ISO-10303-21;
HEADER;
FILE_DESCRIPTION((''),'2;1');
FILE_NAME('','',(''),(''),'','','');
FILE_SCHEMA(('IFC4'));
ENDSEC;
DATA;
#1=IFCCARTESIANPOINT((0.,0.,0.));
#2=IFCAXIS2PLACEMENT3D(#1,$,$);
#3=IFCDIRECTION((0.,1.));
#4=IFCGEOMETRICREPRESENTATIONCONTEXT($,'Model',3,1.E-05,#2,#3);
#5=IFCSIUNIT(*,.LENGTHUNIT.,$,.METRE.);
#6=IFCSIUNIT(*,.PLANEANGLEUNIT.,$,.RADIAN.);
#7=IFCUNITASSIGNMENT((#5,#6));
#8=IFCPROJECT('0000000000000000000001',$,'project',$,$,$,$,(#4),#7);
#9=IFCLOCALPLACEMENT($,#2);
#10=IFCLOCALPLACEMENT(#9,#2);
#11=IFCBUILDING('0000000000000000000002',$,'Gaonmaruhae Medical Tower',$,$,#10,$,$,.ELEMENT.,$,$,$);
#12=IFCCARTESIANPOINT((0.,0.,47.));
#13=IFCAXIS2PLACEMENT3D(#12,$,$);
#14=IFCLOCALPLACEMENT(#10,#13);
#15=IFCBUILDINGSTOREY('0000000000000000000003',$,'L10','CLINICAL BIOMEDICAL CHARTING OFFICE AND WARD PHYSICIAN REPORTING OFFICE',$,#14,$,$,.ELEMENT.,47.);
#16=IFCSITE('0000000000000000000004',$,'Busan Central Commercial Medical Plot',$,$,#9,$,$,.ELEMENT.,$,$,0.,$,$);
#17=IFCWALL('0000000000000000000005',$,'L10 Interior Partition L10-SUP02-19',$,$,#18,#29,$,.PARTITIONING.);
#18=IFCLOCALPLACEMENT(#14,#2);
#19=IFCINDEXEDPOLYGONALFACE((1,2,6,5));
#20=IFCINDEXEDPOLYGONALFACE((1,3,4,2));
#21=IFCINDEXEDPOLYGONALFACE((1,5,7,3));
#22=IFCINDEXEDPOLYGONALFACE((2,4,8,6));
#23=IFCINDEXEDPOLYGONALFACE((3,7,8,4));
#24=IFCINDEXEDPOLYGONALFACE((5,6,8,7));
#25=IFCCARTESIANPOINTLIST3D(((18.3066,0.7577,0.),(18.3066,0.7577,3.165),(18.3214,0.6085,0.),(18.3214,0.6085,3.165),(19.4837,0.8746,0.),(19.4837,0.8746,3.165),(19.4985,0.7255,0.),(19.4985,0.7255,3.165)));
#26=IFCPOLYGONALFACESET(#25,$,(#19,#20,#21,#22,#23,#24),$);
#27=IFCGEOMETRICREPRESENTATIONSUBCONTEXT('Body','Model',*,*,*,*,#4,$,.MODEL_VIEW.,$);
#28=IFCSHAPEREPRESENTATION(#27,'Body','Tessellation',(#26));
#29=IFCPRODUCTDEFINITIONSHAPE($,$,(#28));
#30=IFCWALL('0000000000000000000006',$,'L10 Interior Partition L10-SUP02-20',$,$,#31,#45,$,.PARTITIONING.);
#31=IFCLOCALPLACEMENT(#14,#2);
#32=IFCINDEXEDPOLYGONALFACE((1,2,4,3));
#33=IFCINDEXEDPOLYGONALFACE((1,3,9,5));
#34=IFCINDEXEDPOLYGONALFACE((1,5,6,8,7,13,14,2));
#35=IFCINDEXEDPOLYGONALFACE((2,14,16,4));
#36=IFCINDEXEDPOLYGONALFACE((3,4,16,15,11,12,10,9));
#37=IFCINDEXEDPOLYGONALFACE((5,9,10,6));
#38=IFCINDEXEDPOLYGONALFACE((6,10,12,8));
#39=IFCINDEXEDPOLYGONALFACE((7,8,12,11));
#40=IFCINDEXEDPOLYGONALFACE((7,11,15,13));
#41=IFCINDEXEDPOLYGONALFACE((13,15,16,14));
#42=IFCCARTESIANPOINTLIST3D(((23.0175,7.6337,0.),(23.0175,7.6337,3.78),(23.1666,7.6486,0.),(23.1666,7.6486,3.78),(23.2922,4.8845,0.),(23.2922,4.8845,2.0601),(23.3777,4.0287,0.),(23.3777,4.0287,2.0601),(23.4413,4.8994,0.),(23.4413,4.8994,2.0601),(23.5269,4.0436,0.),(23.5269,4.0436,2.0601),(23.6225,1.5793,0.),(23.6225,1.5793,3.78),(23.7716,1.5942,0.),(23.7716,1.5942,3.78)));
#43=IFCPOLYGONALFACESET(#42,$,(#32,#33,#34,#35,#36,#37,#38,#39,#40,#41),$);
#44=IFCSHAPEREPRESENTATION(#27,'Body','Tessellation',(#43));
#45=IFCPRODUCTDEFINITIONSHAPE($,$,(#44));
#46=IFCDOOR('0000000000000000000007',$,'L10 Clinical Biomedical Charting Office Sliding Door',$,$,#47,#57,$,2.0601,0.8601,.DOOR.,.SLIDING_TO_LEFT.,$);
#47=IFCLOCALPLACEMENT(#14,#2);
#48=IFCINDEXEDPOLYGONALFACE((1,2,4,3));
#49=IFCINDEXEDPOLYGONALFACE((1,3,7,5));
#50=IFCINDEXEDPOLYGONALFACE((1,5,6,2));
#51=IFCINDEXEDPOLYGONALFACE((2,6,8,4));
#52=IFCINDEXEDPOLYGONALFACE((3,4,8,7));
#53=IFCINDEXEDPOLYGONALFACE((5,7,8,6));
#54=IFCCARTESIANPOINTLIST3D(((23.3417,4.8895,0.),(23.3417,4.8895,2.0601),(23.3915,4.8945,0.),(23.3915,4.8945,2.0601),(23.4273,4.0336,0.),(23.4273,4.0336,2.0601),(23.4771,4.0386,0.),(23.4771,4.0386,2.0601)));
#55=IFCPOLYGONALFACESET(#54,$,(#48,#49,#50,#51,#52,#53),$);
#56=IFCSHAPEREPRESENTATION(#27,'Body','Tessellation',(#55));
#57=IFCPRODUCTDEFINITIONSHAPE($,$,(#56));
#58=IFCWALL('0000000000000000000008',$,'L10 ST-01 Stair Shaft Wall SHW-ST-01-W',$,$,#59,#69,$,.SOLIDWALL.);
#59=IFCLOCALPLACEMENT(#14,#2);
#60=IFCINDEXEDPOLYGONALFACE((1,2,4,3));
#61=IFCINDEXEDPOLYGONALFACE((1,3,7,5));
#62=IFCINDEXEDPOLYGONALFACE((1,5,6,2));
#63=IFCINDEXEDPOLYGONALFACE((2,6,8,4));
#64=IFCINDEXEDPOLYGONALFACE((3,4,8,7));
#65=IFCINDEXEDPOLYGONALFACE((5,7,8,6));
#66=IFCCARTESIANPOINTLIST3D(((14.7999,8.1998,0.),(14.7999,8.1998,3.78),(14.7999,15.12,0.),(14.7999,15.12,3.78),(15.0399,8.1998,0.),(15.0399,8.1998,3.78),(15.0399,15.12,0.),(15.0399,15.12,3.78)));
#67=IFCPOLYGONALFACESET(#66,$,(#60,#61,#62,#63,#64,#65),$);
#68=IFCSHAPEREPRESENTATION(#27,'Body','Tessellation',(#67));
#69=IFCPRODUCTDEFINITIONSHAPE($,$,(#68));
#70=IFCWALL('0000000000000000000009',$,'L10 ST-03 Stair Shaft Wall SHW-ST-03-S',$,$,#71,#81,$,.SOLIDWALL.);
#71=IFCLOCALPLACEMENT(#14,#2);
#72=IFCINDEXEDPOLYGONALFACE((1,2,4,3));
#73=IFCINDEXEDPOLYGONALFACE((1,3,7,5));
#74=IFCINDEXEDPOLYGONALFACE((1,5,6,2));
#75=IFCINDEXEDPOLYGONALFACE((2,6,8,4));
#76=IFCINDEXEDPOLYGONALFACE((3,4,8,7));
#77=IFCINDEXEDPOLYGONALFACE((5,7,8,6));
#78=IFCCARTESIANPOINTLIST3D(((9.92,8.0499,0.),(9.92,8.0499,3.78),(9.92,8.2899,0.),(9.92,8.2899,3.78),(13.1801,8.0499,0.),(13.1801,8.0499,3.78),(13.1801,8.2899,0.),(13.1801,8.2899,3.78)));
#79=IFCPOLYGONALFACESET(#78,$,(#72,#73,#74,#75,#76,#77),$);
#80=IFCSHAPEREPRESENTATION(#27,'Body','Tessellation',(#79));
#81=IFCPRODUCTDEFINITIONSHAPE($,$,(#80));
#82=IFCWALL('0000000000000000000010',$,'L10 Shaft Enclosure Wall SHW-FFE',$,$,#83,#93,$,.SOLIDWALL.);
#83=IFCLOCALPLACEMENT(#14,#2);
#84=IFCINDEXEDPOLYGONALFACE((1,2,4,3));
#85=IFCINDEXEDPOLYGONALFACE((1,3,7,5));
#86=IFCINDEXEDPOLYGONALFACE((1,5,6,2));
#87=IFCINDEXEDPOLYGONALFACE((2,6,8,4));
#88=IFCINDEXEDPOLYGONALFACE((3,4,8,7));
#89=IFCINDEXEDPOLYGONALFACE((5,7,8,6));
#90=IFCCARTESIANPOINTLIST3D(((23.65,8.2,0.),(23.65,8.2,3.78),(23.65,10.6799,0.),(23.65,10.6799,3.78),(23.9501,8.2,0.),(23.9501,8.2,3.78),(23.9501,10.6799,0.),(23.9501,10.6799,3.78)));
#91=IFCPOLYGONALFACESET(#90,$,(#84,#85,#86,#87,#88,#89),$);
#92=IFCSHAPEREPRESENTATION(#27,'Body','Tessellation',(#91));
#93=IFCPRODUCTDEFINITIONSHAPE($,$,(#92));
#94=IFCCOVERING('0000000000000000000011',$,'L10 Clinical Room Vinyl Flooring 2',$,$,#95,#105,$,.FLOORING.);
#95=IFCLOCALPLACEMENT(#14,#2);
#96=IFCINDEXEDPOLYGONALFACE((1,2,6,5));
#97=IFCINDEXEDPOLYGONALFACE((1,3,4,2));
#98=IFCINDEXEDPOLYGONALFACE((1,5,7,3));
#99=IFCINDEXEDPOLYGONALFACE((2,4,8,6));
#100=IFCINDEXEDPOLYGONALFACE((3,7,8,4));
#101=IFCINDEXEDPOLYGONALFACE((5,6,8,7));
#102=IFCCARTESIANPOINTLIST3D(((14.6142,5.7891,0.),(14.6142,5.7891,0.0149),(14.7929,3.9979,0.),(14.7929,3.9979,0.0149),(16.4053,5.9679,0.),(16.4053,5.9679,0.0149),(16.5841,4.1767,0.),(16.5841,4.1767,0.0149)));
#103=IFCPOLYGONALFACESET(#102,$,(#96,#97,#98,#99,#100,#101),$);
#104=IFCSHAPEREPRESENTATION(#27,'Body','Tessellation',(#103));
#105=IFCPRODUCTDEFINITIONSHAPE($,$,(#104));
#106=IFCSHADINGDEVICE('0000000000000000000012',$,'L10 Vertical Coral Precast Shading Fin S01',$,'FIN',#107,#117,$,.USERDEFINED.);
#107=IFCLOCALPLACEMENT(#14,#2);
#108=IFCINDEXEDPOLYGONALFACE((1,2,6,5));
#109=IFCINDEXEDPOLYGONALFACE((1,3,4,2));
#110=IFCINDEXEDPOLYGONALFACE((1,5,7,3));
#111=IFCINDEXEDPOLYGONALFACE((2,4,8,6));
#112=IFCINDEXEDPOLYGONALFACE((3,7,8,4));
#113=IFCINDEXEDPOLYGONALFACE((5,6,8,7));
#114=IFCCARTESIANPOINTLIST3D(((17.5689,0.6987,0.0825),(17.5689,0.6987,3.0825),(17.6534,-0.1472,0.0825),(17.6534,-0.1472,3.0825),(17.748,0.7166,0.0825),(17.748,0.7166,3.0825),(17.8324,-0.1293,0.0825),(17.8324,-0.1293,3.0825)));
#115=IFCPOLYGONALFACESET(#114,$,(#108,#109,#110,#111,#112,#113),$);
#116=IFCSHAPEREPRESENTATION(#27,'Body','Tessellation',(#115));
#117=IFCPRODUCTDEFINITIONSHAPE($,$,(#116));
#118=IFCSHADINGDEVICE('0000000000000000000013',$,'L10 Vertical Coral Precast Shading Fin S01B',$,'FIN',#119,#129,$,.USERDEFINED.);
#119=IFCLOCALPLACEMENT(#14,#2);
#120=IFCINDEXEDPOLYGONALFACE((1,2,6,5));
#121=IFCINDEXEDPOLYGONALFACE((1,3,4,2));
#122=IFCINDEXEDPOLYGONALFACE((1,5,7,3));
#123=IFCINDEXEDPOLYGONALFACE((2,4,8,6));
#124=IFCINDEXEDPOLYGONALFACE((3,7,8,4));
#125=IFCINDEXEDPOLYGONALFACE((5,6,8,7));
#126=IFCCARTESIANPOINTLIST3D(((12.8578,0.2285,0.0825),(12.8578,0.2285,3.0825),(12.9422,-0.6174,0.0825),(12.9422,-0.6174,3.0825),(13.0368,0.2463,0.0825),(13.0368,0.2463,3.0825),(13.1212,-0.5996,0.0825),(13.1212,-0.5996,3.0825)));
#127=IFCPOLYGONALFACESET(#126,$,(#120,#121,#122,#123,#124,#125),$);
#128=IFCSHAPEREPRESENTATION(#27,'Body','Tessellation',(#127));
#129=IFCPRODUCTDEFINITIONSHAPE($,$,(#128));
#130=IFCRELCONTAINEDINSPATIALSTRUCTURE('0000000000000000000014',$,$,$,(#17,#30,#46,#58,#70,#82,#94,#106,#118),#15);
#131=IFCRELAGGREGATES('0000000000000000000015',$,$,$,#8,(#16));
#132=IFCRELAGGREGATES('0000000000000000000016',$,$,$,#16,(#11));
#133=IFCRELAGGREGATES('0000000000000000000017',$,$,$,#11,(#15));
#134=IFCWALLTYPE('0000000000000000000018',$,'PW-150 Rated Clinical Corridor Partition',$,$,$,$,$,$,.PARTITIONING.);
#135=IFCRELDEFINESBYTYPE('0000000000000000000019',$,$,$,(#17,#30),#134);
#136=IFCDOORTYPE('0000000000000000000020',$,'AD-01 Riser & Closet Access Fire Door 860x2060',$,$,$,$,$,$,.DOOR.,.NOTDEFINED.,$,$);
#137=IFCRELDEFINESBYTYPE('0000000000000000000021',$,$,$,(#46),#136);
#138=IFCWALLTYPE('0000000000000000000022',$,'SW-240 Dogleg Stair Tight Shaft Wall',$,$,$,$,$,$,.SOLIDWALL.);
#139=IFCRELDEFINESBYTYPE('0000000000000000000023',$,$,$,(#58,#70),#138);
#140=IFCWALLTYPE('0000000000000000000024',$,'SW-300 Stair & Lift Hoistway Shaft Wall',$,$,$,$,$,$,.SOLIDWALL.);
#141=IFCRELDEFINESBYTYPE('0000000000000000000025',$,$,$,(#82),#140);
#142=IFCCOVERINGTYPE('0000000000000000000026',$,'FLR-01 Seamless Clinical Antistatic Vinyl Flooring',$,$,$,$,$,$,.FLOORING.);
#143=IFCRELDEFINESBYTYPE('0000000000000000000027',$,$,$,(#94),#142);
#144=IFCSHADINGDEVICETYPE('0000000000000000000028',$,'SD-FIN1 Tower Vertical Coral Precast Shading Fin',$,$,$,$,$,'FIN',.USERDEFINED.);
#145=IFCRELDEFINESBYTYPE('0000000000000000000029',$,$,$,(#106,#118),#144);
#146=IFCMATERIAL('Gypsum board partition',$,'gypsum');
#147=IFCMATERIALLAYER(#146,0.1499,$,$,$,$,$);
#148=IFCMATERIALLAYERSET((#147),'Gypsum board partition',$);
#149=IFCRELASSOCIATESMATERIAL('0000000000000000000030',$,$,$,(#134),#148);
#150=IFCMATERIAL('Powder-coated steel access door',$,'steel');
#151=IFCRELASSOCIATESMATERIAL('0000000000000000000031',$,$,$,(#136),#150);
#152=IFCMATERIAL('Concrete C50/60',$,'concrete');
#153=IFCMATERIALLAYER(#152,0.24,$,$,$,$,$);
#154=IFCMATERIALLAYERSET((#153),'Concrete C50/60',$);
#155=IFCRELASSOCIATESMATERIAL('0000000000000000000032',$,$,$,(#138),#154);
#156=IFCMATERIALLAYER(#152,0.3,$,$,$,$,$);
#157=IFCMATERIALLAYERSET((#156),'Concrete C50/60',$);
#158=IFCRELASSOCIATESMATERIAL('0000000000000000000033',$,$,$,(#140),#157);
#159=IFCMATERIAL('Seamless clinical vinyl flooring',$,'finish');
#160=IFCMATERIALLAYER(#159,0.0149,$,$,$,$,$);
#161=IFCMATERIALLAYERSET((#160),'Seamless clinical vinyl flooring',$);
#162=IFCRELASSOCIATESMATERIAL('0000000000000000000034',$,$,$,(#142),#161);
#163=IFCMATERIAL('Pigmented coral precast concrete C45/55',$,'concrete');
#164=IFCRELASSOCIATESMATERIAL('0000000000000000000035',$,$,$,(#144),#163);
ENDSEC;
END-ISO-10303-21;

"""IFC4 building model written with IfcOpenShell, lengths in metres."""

from ifc_helpers import new_model, si_unit, direction, frame, frame_2d, origin, origin_2d, place, context, subcontext, project, spatial, rectangle, extrude, material, layer, layer_set, type_object, element, fill, save


model = new_model("IFC4")

# Units and contexts
model_context = context("Model", 3, precision=1e-05, world=origin(), true_north=direction((0.0, 1.0)))
body_context = subcontext(model_context, "Body", "Model", "MODEL_VIEW")
ifc_project = project(units=[si_unit("LENGTHUNIT", "METRE"), si_unit("PLANEANGLEUNIT", "RADIAN")], contexts=[model_context])

# Site, building, storey
site_placement = place(None, origin())
site = spatial("IfcSite", under=ifc_project, at=site_placement, Name="Busan Central Commercial Medical Plot", CompositionType="ELEMENT", RefElevation=0.0)
building_placement = place(site_placement, origin())
building = spatial("IfcBuilding", under=site, at=building_placement, Name="Gaonmaruhae Medical Tower", CompositionType="ELEMENT")
storey_placement = place(building_placement, frame((0.0, 0.0, 47.0)))
storey = spatial("IfcBuildingStorey", under=building, at=storey_placement, Name="L10", Description="CLINICAL BIOMEDICAL CHARTING OFFICE AND WARD PHYSICIAN REPORTING OFFICE", CompositionType="ELEMENT", Elevation=47.0)

# Wall
ifc_material_1 = material(Name="Gypsum board partition", Category="gypsum")
ifc_layer_1 = layer(ifc_material_1, 0.1499)
ifc_layer_set_1 = layer_set([ifc_layer_1], Name="Gypsum board partition")
wall_type_1 = type_object("IfcWallType", Name="PW-150 Rated Clinical Corridor Partition", PredefinedType="PARTITIONING", material=ifc_layer_set_1)
wall_1_placement = place(storey_placement, frame((19.491, 0.8, 0.0), z_axis=(0.0, 0.0, 1.0), x_axis=(-0.9951, -0.09887, 0.0)))
element("IfcWall", 1, at=wall_1_placement, inside=storey, type_object=wall_type_1, Name="L10 Interior Partition L10-SUP02-19", PredefinedType="PARTITIONING", context=body_context, shape_type="SweptSolid", body=[
    extrude(rectangle(XDim=1.1829, YDim=0.1499, at=frame_2d((0.5913, 0.0))), origin(), (0.0, 0.0, 1.0), 3.165),
])

# Wall, opening, door
wall_2_placement = place(storey_placement, frame((23.092, 7.6411, 0.0), z_axis=(0.0, 0.0, 1.0), x_axis=(0.099432, -0.995044, 0.0)))
wall_2 = element("IfcWall", 2, at=wall_2_placement, inside=storey, type_object=wall_type_1, Name="L10 Interior Partition L10-SUP02-20", PredefinedType="PARTITIONING", context=body_context, shape_type="SweptSolid", body=[
    extrude(rectangle(XDim=6.0845, YDim=0.1499, at=frame_2d((3.0422, 0.0))), origin(), (0.0, 0.0, 1.0), 3.78),
])
opening_1_placement = place(wall_2_placement, frame((2.7627, 0.0, 0.0)))
opening_1 = element("IfcOpeningElement", 3, at=opening_1_placement, cuts=wall_2, PredefinedType="OPENING", context=body_context, shape_type="SweptSolid", body=[
    extrude(rectangle(XDim=0.8601, YDim=2.0601, at=frame_2d((0.4302, 1.03))), frame((0.0, 0.085, 0.0), z_axis=(0.0, -1.0, 0.0), x_axis=(1.0, 0.0, 0.0)), (0.0, 0.0, 1.0), 0.1699),
])
ifc_material_2 = material(Name="Powder-coated steel access door", Category="steel")
door_type = type_object("IfcDoorType", Name="AD-01 Riser & Closet Access Fire Door 860x2060", OperationType="NOTDEFINED", PredefinedType="DOOR", material=ifc_material_2)
door_placement = place(opening_1_placement, origin())
door = element("IfcDoor", 4, at=door_placement, inside=storey, type_object=door_type, Name="L10 Clinical Biomedical Charting Office Sliding Door", OperationType="SLIDING_TO_LEFT", OverallHeight=2.0601, OverallWidth=0.8601, PredefinedType="DOOR", context=body_context, shape_type="SweptSolid", body=[
    extrude(rectangle(XDim=0.8601, YDim=2.0601, at=frame_2d((0.4302, 1.03))), frame((0.0, 0.0249, 0.0), z_axis=(0.0, -1.0, 0.0), x_axis=(1.0, 0.0, 0.0)), (0.0, 0.0, 1.0), 0.05),
])
fill(opening_1, door)

# Walls
ifc_material_3 = material(Name="Concrete C50/60", Category="concrete")
ifc_layer_2 = layer(ifc_material_3, 0.24)
ifc_layer_set_2 = layer_set([ifc_layer_2], Name="Concrete C50/60")
wall_type_2 = type_object("IfcWallType", Name="SW-240 Dogleg Stair Tight Shaft Wall", PredefinedType="SOLIDWALL", material=ifc_layer_set_2)
wall_3_placement = place(storey_placement, frame((14.9199, 8.2, 0.0), z_axis=(0.0, 0.0, 1.0), x_axis=(0.0, 1.0, 0.0)))
element("IfcWall", 5, at=wall_3_placement, inside=storey, type_object=wall_type_2, Name="L10 ST-01 Stair Shaft Wall SHW-ST-01-W", PredefinedType="SOLIDWALL", context=body_context, shape_type="SweptSolid", body=[
    extrude(rectangle(XDim=6.9202, YDim=0.24, at=frame_2d((3.46, 0.0))), origin(), (0.0, 0.0, 1.0), 3.78),
])
wall_4_placement = place(storey_placement, frame((13.1799, 8.1699, 0.0), z_axis=(0.0, 0.0, 1.0), x_axis=(-1.0, 0.0, 0.0)))
element("IfcWall", 6, at=wall_4_placement, inside=storey, type_object=wall_type_2, Name="L10 ST-03 Stair Shaft Wall SHW-ST-03-S", PredefinedType="SOLIDWALL", context=body_context, shape_type="SweptSolid", body=[
    extrude(rectangle(XDim=3.26, YDim=0.24, at=frame_2d((1.6299, 0.0))), origin(), (0.0, 0.0, 1.0), 3.78),
])
ifc_layer_3 = layer(ifc_material_3, 0.3)
ifc_layer_set_3 = layer_set([ifc_layer_3], Name="Concrete C50/60")
wall_type_3 = type_object("IfcWallType", Name="SW-300 Stair & Lift Hoistway Shaft Wall", PredefinedType="SOLIDWALL", material=ifc_layer_set_3)
wall_5_placement = place(storey_placement, frame((23.8, 8.2, 0.0), z_axis=(0.0, 0.0, 1.0), x_axis=(0.0, 1.0, 0.0)))
element("IfcWall", 7, at=wall_5_placement, inside=storey, type_object=wall_type_3, Name="L10 Shaft Enclosure Wall SHW-FFE", PredefinedType="SOLIDWALL", context=body_context, shape_type="SweptSolid", body=[
    extrude(rectangle(XDim=2.48, YDim=0.3, at=frame_2d((1.24, 0.0))), origin(), (0.0, 0.0, 1.0), 3.78),
])

# Covering
ifc_material_4 = material(Name="Seamless clinical vinyl flooring", Category="finish")
ifc_layer_4 = layer(ifc_material_4, 0.0149)
ifc_layer_set_4 = layer_set([ifc_layer_4], Name="Seamless clinical vinyl flooring")
covering_type = type_object("IfcCoveringType", Name="FLR-01 Seamless Clinical Antistatic Vinyl Flooring", PredefinedType="FLOORING", material=ifc_layer_set_4)
covering_placement = place(storey_placement, frame((15.5991, 4.9829, 0.0), z_axis=(0.0, 0.0, 1.0), x_axis=(0.995056, 0.09932, 0.0)))
element("IfcCovering", 8, at=covering_placement, inside=storey, type_object=covering_type, Name="L10 Clinical Room Vinyl Flooring 2", PredefinedType="FLOORING", context=body_context, shape_type="SweptSolid", body=[
    extrude(rectangle(XDim=1.8, YDim=1.8, at=origin_2d()), origin(), (0.0, 0.0, 1.0), 0.0149),
])

# Shading devices
ifc_material_5 = material(Name="Pigmented coral precast concrete C45/55", Category="concrete")
shading_device_type = type_object("IfcShadingDeviceType", Name="SD-FIN1 Tower Vertical Coral Precast Shading Fin", ElementType="FIN", PredefinedType="USERDEFINED", material=ifc_material_5)
for number, where, z_axis, x_axis, name in (
    (9, (17.7007, 0.2847, 0.0825), (0.0, 0.0, 1.0), (-0.995056, -0.09932, 0.0), "L10 Vertical Coral Precast Shading Fin S01"),
    (10, (12.9895, -0.1855, 0.0825), (0.0, 0.0, 1.0), (-0.995056, -0.09932, 0.0), "L10 Vertical Coral Precast Shading Fin S01B"),
):
    element("IfcShadingDevice", number, at=place(storey_placement, frame(where, z_axis=z_axis, x_axis=x_axis)), inside=storey, type_object=shading_device_type, Name=name, ObjectType="FIN", PredefinedType="USERDEFINED", context=body_context, shape_type="SweptSolid", body=[
        extrude(rectangle(XDim=0.1799, YDim=0.8501, at=origin_2d()), origin(), (0.0, 0.0, 1.0), 3.0),
    ])

save(model, "model.ifc")
